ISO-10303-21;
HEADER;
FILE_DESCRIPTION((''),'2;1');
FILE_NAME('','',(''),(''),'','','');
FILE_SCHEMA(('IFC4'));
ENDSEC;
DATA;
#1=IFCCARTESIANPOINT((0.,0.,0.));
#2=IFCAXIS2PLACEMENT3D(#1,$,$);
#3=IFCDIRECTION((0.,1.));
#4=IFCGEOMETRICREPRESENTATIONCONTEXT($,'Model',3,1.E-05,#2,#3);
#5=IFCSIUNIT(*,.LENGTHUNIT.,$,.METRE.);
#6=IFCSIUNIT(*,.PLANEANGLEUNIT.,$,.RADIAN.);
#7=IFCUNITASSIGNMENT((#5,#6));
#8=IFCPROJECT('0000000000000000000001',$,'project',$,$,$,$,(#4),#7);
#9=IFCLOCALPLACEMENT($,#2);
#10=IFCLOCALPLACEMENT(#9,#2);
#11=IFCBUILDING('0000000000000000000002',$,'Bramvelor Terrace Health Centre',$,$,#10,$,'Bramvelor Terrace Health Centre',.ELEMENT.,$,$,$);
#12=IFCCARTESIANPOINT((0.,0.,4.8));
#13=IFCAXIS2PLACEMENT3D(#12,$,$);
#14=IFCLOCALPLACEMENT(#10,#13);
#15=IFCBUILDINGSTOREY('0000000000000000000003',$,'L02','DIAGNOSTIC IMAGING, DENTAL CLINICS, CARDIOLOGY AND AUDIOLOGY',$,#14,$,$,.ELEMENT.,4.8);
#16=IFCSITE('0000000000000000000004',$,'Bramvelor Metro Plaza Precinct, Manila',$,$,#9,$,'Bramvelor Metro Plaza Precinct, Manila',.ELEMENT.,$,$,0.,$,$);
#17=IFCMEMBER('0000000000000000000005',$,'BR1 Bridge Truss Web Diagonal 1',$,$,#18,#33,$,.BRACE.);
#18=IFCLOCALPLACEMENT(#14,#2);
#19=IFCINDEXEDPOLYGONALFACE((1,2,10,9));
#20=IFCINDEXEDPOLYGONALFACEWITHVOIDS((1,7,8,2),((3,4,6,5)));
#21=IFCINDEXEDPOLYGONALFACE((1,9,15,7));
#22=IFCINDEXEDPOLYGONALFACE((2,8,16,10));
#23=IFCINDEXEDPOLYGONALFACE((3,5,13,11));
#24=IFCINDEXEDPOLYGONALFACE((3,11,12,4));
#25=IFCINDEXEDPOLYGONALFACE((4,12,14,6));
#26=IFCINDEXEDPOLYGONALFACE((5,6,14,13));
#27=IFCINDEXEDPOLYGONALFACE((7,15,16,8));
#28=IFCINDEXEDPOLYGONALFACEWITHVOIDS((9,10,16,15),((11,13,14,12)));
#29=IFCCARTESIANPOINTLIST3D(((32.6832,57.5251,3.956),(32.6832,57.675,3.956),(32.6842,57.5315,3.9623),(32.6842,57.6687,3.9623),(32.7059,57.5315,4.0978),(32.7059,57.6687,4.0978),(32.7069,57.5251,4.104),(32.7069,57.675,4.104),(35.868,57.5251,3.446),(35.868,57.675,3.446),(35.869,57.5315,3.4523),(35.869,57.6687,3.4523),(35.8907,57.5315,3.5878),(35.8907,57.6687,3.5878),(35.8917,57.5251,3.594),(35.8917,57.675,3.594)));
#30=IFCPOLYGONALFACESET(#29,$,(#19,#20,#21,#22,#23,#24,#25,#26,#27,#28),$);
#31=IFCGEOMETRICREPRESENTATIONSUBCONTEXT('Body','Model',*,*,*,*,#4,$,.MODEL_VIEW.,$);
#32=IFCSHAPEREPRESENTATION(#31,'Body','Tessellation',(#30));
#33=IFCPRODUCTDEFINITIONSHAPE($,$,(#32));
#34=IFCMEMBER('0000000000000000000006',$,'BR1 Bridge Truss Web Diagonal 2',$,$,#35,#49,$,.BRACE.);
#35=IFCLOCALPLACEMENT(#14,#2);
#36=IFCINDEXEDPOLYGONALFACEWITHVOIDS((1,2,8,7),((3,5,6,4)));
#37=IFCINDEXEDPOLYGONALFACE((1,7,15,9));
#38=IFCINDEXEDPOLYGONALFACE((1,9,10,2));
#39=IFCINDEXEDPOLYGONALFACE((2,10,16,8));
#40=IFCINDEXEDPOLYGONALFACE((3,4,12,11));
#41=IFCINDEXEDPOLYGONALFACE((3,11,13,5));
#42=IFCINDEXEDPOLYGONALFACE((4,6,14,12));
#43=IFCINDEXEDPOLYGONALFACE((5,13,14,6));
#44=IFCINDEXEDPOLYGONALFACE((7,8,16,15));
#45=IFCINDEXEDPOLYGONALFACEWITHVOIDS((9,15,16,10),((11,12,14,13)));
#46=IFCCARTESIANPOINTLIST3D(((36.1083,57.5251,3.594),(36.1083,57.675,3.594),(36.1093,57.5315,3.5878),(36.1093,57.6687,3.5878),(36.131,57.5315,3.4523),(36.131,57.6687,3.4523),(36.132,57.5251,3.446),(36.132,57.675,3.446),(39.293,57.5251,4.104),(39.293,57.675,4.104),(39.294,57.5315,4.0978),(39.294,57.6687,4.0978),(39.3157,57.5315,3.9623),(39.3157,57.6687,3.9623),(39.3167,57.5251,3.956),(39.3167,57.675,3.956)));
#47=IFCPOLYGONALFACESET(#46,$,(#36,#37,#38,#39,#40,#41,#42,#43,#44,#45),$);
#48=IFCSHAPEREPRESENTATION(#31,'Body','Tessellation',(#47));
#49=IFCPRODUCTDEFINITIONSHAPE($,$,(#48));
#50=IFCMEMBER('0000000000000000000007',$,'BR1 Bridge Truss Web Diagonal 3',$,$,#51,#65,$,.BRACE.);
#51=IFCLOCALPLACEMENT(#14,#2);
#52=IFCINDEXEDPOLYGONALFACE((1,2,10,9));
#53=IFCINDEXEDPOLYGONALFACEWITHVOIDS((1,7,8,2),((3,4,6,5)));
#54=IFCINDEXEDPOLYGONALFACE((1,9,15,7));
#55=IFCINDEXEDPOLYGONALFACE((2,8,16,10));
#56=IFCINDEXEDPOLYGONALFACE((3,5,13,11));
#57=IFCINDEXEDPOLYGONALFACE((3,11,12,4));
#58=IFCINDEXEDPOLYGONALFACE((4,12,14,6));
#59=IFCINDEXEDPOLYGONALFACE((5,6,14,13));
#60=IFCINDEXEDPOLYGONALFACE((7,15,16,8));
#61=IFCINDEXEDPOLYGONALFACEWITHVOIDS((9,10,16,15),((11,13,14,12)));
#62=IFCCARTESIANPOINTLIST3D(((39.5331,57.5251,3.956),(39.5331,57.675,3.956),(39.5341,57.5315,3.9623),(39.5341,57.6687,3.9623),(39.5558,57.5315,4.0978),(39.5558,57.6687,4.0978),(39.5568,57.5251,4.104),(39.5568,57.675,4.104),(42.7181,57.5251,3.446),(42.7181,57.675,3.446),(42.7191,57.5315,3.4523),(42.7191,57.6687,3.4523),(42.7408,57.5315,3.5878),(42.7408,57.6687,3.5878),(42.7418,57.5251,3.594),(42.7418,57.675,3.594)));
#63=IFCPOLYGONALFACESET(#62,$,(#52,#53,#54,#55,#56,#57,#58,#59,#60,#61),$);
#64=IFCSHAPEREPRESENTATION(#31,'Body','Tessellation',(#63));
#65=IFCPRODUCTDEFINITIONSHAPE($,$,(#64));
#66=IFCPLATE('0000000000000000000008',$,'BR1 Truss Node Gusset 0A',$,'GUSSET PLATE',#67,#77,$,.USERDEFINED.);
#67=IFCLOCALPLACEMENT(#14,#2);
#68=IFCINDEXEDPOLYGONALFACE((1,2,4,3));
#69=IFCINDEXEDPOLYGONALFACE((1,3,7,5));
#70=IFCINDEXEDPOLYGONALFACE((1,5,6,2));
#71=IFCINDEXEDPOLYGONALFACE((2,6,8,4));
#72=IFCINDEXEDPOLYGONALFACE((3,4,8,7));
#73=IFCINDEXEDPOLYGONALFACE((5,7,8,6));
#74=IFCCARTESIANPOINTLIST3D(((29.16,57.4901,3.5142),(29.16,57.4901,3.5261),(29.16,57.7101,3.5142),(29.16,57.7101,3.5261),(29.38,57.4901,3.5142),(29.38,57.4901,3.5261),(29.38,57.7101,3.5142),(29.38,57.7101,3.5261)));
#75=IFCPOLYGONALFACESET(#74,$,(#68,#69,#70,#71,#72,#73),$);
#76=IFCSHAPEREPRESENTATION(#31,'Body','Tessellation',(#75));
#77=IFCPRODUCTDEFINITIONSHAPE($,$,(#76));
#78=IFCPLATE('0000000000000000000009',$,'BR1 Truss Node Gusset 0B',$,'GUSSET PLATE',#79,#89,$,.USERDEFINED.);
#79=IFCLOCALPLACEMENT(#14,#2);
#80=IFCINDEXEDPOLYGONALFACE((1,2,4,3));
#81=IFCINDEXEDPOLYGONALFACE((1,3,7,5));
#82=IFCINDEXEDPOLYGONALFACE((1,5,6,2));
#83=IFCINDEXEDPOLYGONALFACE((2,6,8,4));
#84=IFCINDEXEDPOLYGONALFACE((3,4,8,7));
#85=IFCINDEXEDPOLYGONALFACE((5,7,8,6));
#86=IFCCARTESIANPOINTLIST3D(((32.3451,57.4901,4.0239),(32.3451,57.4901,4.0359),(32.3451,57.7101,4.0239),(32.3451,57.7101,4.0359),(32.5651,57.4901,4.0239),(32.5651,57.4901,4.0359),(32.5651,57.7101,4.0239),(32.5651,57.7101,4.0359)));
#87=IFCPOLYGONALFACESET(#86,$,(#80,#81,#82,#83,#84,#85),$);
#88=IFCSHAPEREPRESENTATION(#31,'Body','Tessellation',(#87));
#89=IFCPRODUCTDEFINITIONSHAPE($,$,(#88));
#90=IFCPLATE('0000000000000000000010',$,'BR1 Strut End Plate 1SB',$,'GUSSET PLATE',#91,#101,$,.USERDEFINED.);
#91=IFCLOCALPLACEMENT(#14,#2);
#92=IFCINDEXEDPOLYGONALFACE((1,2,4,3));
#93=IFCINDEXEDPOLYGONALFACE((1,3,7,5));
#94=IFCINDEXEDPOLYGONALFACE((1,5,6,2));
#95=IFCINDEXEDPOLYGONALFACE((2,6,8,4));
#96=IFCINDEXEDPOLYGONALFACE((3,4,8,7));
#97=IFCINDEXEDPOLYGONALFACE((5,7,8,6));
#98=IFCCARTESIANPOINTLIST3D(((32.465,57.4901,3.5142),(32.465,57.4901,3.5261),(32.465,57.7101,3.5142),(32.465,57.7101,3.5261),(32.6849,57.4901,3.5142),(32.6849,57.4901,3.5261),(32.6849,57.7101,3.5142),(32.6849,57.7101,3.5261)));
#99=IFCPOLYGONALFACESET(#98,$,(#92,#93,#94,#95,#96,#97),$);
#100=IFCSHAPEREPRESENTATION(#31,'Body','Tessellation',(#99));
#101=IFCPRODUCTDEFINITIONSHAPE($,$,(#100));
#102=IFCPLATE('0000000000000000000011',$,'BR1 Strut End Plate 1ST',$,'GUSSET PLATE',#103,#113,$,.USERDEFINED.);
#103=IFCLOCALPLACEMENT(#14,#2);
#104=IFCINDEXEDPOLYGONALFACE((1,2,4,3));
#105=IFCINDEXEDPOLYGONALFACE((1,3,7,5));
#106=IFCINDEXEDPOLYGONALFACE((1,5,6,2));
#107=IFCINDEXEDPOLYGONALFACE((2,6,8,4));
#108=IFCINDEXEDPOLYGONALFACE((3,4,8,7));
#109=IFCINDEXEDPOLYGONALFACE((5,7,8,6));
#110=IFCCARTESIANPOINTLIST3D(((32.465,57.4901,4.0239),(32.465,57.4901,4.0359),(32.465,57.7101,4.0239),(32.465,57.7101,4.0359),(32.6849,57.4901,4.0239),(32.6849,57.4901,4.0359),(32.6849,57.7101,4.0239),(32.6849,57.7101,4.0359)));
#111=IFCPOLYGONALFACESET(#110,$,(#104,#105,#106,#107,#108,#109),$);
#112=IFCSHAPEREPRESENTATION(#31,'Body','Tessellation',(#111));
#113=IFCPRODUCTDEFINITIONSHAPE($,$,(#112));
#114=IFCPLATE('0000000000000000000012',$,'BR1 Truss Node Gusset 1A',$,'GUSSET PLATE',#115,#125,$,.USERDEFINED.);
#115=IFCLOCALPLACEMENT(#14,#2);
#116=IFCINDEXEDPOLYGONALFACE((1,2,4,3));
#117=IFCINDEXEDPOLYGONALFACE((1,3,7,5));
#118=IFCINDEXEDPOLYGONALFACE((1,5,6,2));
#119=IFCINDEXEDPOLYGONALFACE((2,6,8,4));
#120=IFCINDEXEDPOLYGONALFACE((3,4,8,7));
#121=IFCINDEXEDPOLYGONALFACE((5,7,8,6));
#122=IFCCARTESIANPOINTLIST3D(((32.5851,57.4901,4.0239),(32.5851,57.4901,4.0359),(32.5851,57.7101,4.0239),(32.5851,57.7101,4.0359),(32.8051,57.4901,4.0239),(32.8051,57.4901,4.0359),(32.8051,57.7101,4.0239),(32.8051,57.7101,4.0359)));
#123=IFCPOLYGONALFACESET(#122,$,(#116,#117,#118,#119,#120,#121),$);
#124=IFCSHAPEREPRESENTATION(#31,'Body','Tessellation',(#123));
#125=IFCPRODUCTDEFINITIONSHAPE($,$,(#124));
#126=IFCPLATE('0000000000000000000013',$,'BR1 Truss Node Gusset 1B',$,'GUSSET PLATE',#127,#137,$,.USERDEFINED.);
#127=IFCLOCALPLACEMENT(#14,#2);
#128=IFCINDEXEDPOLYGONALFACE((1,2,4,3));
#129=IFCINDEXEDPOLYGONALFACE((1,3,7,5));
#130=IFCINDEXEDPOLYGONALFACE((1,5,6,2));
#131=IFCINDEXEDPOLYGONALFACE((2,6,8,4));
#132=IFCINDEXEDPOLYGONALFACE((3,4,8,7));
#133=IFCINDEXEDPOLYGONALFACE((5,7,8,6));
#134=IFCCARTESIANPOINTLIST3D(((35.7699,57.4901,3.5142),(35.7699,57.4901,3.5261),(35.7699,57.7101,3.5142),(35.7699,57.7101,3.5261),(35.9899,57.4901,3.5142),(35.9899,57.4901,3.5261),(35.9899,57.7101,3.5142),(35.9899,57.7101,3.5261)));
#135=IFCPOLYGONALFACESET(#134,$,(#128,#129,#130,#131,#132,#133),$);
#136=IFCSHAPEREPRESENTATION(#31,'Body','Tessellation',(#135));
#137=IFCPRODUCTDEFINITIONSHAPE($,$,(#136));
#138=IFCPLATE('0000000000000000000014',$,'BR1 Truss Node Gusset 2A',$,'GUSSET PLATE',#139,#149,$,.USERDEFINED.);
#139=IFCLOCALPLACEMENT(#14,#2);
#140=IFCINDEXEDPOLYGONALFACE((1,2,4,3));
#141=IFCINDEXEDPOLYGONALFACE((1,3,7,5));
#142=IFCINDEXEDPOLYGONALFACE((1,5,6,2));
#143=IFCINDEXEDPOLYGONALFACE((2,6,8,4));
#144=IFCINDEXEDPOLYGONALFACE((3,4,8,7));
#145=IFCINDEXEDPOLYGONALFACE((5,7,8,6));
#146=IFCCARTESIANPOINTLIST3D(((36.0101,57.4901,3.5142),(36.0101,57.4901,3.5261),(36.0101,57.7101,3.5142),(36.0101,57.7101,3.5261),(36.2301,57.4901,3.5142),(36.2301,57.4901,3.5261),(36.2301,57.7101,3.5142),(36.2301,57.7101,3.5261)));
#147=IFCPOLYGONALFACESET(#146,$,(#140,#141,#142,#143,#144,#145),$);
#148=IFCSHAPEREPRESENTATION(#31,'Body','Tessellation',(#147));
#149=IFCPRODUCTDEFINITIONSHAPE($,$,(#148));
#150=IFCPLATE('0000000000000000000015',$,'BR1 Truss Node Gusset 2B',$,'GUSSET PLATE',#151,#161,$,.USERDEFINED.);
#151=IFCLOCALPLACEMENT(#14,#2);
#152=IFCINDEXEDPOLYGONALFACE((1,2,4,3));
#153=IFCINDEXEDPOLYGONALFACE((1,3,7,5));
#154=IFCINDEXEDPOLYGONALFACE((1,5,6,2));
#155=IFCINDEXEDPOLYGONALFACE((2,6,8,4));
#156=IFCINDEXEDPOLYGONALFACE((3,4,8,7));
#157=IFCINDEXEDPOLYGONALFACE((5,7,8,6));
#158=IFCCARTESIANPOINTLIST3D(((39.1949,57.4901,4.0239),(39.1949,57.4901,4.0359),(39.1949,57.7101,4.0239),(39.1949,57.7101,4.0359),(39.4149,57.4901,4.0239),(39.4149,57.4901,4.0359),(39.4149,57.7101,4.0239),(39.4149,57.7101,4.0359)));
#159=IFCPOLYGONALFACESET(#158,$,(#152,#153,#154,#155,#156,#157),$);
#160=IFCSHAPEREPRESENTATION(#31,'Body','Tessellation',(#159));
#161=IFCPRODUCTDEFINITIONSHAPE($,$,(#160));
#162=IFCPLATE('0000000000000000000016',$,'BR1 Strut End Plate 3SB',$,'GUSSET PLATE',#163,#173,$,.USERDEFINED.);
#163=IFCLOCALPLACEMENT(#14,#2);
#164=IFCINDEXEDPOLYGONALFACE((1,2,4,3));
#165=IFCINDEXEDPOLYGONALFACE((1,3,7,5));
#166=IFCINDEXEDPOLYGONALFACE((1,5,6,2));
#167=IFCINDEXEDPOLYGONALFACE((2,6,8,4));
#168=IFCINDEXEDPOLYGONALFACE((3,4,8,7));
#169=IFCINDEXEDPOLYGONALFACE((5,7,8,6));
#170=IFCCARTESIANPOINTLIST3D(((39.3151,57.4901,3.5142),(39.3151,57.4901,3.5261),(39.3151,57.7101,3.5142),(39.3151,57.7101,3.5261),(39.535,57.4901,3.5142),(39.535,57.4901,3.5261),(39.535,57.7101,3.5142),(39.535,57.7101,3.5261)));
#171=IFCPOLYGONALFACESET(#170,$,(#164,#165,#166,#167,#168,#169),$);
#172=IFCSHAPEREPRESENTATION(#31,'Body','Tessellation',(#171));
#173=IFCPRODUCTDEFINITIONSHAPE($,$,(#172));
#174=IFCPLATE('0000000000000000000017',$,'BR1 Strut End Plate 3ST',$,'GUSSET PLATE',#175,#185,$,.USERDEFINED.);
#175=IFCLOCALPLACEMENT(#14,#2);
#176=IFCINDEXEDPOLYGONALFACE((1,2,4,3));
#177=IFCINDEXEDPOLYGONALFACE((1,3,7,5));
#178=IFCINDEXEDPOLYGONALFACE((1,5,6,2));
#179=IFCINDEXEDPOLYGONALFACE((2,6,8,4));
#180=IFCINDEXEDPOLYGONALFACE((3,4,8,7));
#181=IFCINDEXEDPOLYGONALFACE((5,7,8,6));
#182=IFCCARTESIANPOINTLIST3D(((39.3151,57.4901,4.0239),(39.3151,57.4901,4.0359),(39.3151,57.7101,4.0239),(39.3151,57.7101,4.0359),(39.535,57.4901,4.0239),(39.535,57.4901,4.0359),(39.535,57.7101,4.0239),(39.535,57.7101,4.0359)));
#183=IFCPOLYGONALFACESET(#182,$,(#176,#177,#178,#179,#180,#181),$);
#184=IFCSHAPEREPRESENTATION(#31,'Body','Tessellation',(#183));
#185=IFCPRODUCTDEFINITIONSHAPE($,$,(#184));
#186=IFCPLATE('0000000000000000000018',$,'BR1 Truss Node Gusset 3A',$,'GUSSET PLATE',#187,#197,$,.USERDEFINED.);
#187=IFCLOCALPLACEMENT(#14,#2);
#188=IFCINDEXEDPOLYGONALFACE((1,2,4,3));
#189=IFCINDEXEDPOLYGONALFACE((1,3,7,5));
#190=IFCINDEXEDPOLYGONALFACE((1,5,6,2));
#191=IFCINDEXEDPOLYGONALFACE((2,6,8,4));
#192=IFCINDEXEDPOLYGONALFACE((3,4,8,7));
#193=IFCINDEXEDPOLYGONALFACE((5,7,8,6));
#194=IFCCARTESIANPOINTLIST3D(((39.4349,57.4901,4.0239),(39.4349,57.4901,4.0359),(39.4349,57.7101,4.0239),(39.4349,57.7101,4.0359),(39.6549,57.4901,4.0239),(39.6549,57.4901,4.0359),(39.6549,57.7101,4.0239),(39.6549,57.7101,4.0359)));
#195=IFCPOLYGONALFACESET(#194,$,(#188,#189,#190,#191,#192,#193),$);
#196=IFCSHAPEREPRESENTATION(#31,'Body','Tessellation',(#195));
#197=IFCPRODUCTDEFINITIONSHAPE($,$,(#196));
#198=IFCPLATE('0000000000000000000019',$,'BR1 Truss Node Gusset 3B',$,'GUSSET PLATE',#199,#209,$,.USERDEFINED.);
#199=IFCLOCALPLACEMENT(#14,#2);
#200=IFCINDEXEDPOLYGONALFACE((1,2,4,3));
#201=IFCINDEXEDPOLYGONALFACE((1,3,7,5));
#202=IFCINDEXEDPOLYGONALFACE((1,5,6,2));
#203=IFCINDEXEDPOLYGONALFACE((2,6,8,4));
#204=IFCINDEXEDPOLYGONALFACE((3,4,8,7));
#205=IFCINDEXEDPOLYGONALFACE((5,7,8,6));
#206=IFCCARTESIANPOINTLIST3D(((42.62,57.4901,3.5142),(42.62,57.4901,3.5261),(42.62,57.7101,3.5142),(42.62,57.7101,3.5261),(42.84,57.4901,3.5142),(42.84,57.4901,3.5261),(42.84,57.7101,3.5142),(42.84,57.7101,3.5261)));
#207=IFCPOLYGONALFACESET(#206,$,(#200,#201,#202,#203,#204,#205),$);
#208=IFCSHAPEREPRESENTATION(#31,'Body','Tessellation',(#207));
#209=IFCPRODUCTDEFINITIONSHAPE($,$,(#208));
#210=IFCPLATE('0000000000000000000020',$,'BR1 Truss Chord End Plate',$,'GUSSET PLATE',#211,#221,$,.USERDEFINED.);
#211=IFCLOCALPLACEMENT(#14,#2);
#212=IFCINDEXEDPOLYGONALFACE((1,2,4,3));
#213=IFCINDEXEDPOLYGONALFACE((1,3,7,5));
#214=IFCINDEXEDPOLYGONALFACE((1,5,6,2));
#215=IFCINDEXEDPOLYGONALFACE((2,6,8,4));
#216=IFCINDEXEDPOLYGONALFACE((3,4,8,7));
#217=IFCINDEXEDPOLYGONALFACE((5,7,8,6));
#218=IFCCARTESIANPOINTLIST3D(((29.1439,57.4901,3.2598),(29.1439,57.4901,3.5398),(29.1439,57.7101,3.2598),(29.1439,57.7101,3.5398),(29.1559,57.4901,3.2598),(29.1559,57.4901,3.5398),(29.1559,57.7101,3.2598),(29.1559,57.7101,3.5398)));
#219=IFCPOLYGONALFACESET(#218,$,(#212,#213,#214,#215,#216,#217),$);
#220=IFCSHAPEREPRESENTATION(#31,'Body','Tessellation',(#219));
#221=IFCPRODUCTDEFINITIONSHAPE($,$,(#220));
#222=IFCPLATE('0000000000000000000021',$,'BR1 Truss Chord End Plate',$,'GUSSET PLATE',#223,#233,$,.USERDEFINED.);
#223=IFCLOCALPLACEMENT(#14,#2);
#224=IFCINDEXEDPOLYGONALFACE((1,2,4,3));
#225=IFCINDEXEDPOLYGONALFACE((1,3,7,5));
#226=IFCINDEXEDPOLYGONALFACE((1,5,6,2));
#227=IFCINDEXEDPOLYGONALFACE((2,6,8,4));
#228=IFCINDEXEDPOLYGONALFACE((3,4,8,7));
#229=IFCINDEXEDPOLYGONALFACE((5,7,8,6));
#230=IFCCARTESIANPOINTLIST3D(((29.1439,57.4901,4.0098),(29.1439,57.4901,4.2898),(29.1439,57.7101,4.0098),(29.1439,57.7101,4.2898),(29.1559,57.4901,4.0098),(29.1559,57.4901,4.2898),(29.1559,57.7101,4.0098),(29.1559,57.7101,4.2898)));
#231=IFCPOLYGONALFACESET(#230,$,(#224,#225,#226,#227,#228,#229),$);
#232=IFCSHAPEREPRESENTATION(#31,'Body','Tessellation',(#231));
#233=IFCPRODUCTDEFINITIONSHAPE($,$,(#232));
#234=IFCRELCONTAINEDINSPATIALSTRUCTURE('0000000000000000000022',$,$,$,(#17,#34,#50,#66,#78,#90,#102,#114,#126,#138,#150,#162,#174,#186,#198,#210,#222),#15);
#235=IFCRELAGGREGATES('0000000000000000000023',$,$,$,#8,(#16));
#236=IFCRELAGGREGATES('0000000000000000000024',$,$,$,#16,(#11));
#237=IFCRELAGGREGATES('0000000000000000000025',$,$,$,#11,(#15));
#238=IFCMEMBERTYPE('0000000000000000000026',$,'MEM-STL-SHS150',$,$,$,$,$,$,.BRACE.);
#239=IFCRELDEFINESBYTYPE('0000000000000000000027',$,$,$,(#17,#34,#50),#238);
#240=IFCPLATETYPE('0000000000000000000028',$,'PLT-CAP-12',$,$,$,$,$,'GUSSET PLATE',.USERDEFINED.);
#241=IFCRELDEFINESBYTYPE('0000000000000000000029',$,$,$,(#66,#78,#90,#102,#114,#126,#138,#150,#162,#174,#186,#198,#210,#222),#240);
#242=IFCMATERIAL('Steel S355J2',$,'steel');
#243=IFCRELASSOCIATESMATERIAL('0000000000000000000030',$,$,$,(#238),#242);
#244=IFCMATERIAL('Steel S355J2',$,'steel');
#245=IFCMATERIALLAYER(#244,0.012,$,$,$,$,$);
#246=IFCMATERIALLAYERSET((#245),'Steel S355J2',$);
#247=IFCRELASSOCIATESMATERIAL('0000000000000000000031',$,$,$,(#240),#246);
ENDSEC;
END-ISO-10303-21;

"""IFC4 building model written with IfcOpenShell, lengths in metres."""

from ifc_helpers import new_model, si_unit, direction, frame, origin, origin_2d, place, context, subcontext, project, spatial, rectangle, hollow_rectangle, extrude, material, layer, layer_set, material_profile, profile_set, type_object, element, save


model = new_model("IFC4")

# Units and contexts
model_context = context("Model", 3, precision=1e-05, world=origin(), true_north=direction((0.0, 1.0)))
body_context = subcontext(model_context, "Body", "Model", "MODEL_VIEW")
ifc_project = project(units=[si_unit("LENGTHUNIT", "METRE"), si_unit("PLANEANGLEUNIT", "RADIAN")], contexts=[model_context])

# Site, building, storey
site_placement = place(None, origin())
site = spatial("IfcSite", under=ifc_project, at=site_placement, Name="Bramvelor Metro Plaza Precinct, Manila", LongName="Bramvelor Metro Plaza Precinct, Manila", CompositionType="ELEMENT", RefElevation=0.0)
building_placement = place(site_placement, origin())
building = spatial("IfcBuilding", under=site, at=building_placement, Name="Bramvelor Terrace Health Centre", LongName="Bramvelor Terrace Health Centre", CompositionType="ELEMENT")
storey_placement = place(building_placement, frame((0.0, 0.0, 4.8)))
storey = spatial("IfcBuildingStorey", under=building, at=storey_placement, Name="L02", Description="DIAGNOSTIC IMAGING, DENTAL CLINICS, CARDIOLOGY AND AUDIOLOGY", CompositionType="ELEMENT", Elevation=4.8)

# Members
ifc_material_1 = material(Name="Steel S355J2", Category="steel")
ifc_material_profile_1 = material_profile(ifc_material_1, hollow_rectangle(XDim=0.1499, YDim=0.1499, WallThickness=0.0063, at=origin_2d()), Name="SHS 150x150x6.3")
ifc_profile_set_1 = profile_set([ifc_material_profile_1], Name="Steel S355J2")
member_type_1 = type_object("IfcMemberType", Name="MEM-STL-SHS150", PredefinedType="BRACE", material=ifc_profile_set_1)
for number, where, z_axis, x_axis, name in (
    (1, (32.6951, 57.6001, 4.03), (0.987419, 0.0, -0.158123), (0.0, 1.0, 0.0), "BR1 Bridge Truss Web Diagonal 1"),
    (2, (36.1201, 57.6001, 3.52), (0.987419, 0.0, 0.158123), (0.0, 1.0, 0.0), "BR1 Bridge Truss Web Diagonal 2"),
):
    element("IfcMember", number, at=place(storey_placement, frame(where, z_axis=z_axis, x_axis=x_axis)), inside=storey, type_object=member_type_1, Name=name, PredefinedType="BRACE", context=body_context, shape_type="SweptSolid", body=[
        extrude(hollow_rectangle(XDim=0.1499, YDim=0.1499, WallThickness=0.0063, at=origin_2d()), origin(), (0.0, 0.0, 1.0), 3.2253),
    ])
member_1_placement = place(storey_placement, frame((39.5449, 57.6001, 4.03), z_axis=(0.987421, 0.0, -0.158112), x_axis=(0.0, 1.0, 0.0)))
element("IfcMember", 3, at=member_1_placement, inside=storey, type_object=member_type_1, Name="BR1 Bridge Truss Web Diagonal 3", PredefinedType="BRACE", context=body_context, shape_type="SweptSolid", body=[
    extrude(hollow_rectangle(XDim=0.1499, YDim=0.1499, WallThickness=0.0063, at=origin_2d()), origin(), (0.0, 0.0, 1.0), 3.2256),
])

# Plates
ifc_material_2 = material(Name="Steel S355J2", Category="steel")
ifc_layer_1 = layer(ifc_material_2, 0.012)
ifc_layer_set_1 = layer_set([ifc_layer_1], Name="Steel S355J2")
plate_type = type_object("IfcPlateType", Name="PLT-CAP-12", ElementType="GUSSET PLATE", PredefinedType="USERDEFINED", material=ifc_layer_set_1)
for number, where, z_axis, x_axis, name in (
    (4, (29.27, 57.6001, 3.5142), (0.0, 0.0, 1.0), (1.0, 0.0, 0.0), "BR1 Truss Node Gusset 0A"),
    (5, (32.4551, 57.6001, 4.0239), (0.0, 0.0, 1.0), (1.0, 0.0, 0.0), "BR1 Truss Node Gusset 0B"),
    (6, (32.575, 57.6001, 3.5142), (0.0, 0.0, 1.0), (1.0, 0.0, 0.0), "BR1 Strut End Plate 1SB"),
    (7, (32.575, 57.6001, 4.0239), (0.0, 0.0, 1.0), (1.0, 0.0, 0.0), "BR1 Strut End Plate 1ST"),
    (8, (32.6951, 57.6001, 4.0239), (0.0, 0.0, 1.0), (1.0, 0.0, 0.0), "BR1 Truss Node Gusset 1A"),
    (9, (35.8799, 57.6001, 3.5142), (0.0, 0.0, 1.0), (1.0, 0.0, 0.0), "BR1 Truss Node Gusset 1B"),
    (10, (36.1201, 57.6001, 3.5142), (0.0, 0.0, 1.0), (1.0, 0.0, 0.0), "BR1 Truss Node Gusset 2A"),
    (11, (39.3049, 57.6001, 4.0239), (0.0, 0.0, 1.0), (1.0, 0.0, 0.0), "BR1 Truss Node Gusset 2B"),
    (12, (39.425, 57.6001, 3.5142), (0.0, 0.0, 1.0), (1.0, 0.0, 0.0), "BR1 Strut End Plate 3SB"),
    (13, (39.425, 57.6001, 4.0239), (0.0, 0.0, 1.0), (1.0, 0.0, 0.0), "BR1 Strut End Plate 3ST"),
    (14, (39.5449, 57.6001, 4.0239), (0.0, 0.0, 1.0), (1.0, 0.0, 0.0), "BR1 Truss Node Gusset 3A"),
    (15, (42.73, 57.6001, 3.5142), (0.0, 0.0, 1.0), (1.0, 0.0, 0.0), "BR1 Truss Node Gusset 3B"),
):
    element("IfcPlate", number, at=place(storey_placement, frame(where, z_axis=z_axis, x_axis=x_axis)), inside=storey, type_object=plate_type, Name=name, ObjectType="GUSSET PLATE", PredefinedType="USERDEFINED", context=body_context, shape_type="SweptSolid", body=[
        extrude(rectangle(XDim=0.22, YDim=0.22, at=origin_2d()), origin(), (0.0, 0.0, 1.0), 0.012),
    ])
for number, where, z_axis, x_axis, name in (
    (16, (29.1499, 57.6001, 3.2598), (0.0, 0.0, 1.0), (1.0, 0.0, 0.0), "BR1 Truss Chord End Plate"),
    (17, (29.1499, 57.6001, 4.0098), (0.0, 0.0, 1.0), (1.0, 0.0, 0.0), "BR1 Truss Chord End Plate"),
):
    element("IfcPlate", number, at=place(storey_placement, frame(where, z_axis=z_axis, x_axis=x_axis)), inside=storey, type_object=plate_type, Name=name, ObjectType="GUSSET PLATE", PredefinedType="USERDEFINED", context=body_context, shape_type="SweptSolid", body=[
        extrude(rectangle(XDim=0.012, YDim=0.22, at=origin_2d()), origin(), (0.0, 0.0, 1.0), 0.28),
    ])

save(model, "model.ifc")
